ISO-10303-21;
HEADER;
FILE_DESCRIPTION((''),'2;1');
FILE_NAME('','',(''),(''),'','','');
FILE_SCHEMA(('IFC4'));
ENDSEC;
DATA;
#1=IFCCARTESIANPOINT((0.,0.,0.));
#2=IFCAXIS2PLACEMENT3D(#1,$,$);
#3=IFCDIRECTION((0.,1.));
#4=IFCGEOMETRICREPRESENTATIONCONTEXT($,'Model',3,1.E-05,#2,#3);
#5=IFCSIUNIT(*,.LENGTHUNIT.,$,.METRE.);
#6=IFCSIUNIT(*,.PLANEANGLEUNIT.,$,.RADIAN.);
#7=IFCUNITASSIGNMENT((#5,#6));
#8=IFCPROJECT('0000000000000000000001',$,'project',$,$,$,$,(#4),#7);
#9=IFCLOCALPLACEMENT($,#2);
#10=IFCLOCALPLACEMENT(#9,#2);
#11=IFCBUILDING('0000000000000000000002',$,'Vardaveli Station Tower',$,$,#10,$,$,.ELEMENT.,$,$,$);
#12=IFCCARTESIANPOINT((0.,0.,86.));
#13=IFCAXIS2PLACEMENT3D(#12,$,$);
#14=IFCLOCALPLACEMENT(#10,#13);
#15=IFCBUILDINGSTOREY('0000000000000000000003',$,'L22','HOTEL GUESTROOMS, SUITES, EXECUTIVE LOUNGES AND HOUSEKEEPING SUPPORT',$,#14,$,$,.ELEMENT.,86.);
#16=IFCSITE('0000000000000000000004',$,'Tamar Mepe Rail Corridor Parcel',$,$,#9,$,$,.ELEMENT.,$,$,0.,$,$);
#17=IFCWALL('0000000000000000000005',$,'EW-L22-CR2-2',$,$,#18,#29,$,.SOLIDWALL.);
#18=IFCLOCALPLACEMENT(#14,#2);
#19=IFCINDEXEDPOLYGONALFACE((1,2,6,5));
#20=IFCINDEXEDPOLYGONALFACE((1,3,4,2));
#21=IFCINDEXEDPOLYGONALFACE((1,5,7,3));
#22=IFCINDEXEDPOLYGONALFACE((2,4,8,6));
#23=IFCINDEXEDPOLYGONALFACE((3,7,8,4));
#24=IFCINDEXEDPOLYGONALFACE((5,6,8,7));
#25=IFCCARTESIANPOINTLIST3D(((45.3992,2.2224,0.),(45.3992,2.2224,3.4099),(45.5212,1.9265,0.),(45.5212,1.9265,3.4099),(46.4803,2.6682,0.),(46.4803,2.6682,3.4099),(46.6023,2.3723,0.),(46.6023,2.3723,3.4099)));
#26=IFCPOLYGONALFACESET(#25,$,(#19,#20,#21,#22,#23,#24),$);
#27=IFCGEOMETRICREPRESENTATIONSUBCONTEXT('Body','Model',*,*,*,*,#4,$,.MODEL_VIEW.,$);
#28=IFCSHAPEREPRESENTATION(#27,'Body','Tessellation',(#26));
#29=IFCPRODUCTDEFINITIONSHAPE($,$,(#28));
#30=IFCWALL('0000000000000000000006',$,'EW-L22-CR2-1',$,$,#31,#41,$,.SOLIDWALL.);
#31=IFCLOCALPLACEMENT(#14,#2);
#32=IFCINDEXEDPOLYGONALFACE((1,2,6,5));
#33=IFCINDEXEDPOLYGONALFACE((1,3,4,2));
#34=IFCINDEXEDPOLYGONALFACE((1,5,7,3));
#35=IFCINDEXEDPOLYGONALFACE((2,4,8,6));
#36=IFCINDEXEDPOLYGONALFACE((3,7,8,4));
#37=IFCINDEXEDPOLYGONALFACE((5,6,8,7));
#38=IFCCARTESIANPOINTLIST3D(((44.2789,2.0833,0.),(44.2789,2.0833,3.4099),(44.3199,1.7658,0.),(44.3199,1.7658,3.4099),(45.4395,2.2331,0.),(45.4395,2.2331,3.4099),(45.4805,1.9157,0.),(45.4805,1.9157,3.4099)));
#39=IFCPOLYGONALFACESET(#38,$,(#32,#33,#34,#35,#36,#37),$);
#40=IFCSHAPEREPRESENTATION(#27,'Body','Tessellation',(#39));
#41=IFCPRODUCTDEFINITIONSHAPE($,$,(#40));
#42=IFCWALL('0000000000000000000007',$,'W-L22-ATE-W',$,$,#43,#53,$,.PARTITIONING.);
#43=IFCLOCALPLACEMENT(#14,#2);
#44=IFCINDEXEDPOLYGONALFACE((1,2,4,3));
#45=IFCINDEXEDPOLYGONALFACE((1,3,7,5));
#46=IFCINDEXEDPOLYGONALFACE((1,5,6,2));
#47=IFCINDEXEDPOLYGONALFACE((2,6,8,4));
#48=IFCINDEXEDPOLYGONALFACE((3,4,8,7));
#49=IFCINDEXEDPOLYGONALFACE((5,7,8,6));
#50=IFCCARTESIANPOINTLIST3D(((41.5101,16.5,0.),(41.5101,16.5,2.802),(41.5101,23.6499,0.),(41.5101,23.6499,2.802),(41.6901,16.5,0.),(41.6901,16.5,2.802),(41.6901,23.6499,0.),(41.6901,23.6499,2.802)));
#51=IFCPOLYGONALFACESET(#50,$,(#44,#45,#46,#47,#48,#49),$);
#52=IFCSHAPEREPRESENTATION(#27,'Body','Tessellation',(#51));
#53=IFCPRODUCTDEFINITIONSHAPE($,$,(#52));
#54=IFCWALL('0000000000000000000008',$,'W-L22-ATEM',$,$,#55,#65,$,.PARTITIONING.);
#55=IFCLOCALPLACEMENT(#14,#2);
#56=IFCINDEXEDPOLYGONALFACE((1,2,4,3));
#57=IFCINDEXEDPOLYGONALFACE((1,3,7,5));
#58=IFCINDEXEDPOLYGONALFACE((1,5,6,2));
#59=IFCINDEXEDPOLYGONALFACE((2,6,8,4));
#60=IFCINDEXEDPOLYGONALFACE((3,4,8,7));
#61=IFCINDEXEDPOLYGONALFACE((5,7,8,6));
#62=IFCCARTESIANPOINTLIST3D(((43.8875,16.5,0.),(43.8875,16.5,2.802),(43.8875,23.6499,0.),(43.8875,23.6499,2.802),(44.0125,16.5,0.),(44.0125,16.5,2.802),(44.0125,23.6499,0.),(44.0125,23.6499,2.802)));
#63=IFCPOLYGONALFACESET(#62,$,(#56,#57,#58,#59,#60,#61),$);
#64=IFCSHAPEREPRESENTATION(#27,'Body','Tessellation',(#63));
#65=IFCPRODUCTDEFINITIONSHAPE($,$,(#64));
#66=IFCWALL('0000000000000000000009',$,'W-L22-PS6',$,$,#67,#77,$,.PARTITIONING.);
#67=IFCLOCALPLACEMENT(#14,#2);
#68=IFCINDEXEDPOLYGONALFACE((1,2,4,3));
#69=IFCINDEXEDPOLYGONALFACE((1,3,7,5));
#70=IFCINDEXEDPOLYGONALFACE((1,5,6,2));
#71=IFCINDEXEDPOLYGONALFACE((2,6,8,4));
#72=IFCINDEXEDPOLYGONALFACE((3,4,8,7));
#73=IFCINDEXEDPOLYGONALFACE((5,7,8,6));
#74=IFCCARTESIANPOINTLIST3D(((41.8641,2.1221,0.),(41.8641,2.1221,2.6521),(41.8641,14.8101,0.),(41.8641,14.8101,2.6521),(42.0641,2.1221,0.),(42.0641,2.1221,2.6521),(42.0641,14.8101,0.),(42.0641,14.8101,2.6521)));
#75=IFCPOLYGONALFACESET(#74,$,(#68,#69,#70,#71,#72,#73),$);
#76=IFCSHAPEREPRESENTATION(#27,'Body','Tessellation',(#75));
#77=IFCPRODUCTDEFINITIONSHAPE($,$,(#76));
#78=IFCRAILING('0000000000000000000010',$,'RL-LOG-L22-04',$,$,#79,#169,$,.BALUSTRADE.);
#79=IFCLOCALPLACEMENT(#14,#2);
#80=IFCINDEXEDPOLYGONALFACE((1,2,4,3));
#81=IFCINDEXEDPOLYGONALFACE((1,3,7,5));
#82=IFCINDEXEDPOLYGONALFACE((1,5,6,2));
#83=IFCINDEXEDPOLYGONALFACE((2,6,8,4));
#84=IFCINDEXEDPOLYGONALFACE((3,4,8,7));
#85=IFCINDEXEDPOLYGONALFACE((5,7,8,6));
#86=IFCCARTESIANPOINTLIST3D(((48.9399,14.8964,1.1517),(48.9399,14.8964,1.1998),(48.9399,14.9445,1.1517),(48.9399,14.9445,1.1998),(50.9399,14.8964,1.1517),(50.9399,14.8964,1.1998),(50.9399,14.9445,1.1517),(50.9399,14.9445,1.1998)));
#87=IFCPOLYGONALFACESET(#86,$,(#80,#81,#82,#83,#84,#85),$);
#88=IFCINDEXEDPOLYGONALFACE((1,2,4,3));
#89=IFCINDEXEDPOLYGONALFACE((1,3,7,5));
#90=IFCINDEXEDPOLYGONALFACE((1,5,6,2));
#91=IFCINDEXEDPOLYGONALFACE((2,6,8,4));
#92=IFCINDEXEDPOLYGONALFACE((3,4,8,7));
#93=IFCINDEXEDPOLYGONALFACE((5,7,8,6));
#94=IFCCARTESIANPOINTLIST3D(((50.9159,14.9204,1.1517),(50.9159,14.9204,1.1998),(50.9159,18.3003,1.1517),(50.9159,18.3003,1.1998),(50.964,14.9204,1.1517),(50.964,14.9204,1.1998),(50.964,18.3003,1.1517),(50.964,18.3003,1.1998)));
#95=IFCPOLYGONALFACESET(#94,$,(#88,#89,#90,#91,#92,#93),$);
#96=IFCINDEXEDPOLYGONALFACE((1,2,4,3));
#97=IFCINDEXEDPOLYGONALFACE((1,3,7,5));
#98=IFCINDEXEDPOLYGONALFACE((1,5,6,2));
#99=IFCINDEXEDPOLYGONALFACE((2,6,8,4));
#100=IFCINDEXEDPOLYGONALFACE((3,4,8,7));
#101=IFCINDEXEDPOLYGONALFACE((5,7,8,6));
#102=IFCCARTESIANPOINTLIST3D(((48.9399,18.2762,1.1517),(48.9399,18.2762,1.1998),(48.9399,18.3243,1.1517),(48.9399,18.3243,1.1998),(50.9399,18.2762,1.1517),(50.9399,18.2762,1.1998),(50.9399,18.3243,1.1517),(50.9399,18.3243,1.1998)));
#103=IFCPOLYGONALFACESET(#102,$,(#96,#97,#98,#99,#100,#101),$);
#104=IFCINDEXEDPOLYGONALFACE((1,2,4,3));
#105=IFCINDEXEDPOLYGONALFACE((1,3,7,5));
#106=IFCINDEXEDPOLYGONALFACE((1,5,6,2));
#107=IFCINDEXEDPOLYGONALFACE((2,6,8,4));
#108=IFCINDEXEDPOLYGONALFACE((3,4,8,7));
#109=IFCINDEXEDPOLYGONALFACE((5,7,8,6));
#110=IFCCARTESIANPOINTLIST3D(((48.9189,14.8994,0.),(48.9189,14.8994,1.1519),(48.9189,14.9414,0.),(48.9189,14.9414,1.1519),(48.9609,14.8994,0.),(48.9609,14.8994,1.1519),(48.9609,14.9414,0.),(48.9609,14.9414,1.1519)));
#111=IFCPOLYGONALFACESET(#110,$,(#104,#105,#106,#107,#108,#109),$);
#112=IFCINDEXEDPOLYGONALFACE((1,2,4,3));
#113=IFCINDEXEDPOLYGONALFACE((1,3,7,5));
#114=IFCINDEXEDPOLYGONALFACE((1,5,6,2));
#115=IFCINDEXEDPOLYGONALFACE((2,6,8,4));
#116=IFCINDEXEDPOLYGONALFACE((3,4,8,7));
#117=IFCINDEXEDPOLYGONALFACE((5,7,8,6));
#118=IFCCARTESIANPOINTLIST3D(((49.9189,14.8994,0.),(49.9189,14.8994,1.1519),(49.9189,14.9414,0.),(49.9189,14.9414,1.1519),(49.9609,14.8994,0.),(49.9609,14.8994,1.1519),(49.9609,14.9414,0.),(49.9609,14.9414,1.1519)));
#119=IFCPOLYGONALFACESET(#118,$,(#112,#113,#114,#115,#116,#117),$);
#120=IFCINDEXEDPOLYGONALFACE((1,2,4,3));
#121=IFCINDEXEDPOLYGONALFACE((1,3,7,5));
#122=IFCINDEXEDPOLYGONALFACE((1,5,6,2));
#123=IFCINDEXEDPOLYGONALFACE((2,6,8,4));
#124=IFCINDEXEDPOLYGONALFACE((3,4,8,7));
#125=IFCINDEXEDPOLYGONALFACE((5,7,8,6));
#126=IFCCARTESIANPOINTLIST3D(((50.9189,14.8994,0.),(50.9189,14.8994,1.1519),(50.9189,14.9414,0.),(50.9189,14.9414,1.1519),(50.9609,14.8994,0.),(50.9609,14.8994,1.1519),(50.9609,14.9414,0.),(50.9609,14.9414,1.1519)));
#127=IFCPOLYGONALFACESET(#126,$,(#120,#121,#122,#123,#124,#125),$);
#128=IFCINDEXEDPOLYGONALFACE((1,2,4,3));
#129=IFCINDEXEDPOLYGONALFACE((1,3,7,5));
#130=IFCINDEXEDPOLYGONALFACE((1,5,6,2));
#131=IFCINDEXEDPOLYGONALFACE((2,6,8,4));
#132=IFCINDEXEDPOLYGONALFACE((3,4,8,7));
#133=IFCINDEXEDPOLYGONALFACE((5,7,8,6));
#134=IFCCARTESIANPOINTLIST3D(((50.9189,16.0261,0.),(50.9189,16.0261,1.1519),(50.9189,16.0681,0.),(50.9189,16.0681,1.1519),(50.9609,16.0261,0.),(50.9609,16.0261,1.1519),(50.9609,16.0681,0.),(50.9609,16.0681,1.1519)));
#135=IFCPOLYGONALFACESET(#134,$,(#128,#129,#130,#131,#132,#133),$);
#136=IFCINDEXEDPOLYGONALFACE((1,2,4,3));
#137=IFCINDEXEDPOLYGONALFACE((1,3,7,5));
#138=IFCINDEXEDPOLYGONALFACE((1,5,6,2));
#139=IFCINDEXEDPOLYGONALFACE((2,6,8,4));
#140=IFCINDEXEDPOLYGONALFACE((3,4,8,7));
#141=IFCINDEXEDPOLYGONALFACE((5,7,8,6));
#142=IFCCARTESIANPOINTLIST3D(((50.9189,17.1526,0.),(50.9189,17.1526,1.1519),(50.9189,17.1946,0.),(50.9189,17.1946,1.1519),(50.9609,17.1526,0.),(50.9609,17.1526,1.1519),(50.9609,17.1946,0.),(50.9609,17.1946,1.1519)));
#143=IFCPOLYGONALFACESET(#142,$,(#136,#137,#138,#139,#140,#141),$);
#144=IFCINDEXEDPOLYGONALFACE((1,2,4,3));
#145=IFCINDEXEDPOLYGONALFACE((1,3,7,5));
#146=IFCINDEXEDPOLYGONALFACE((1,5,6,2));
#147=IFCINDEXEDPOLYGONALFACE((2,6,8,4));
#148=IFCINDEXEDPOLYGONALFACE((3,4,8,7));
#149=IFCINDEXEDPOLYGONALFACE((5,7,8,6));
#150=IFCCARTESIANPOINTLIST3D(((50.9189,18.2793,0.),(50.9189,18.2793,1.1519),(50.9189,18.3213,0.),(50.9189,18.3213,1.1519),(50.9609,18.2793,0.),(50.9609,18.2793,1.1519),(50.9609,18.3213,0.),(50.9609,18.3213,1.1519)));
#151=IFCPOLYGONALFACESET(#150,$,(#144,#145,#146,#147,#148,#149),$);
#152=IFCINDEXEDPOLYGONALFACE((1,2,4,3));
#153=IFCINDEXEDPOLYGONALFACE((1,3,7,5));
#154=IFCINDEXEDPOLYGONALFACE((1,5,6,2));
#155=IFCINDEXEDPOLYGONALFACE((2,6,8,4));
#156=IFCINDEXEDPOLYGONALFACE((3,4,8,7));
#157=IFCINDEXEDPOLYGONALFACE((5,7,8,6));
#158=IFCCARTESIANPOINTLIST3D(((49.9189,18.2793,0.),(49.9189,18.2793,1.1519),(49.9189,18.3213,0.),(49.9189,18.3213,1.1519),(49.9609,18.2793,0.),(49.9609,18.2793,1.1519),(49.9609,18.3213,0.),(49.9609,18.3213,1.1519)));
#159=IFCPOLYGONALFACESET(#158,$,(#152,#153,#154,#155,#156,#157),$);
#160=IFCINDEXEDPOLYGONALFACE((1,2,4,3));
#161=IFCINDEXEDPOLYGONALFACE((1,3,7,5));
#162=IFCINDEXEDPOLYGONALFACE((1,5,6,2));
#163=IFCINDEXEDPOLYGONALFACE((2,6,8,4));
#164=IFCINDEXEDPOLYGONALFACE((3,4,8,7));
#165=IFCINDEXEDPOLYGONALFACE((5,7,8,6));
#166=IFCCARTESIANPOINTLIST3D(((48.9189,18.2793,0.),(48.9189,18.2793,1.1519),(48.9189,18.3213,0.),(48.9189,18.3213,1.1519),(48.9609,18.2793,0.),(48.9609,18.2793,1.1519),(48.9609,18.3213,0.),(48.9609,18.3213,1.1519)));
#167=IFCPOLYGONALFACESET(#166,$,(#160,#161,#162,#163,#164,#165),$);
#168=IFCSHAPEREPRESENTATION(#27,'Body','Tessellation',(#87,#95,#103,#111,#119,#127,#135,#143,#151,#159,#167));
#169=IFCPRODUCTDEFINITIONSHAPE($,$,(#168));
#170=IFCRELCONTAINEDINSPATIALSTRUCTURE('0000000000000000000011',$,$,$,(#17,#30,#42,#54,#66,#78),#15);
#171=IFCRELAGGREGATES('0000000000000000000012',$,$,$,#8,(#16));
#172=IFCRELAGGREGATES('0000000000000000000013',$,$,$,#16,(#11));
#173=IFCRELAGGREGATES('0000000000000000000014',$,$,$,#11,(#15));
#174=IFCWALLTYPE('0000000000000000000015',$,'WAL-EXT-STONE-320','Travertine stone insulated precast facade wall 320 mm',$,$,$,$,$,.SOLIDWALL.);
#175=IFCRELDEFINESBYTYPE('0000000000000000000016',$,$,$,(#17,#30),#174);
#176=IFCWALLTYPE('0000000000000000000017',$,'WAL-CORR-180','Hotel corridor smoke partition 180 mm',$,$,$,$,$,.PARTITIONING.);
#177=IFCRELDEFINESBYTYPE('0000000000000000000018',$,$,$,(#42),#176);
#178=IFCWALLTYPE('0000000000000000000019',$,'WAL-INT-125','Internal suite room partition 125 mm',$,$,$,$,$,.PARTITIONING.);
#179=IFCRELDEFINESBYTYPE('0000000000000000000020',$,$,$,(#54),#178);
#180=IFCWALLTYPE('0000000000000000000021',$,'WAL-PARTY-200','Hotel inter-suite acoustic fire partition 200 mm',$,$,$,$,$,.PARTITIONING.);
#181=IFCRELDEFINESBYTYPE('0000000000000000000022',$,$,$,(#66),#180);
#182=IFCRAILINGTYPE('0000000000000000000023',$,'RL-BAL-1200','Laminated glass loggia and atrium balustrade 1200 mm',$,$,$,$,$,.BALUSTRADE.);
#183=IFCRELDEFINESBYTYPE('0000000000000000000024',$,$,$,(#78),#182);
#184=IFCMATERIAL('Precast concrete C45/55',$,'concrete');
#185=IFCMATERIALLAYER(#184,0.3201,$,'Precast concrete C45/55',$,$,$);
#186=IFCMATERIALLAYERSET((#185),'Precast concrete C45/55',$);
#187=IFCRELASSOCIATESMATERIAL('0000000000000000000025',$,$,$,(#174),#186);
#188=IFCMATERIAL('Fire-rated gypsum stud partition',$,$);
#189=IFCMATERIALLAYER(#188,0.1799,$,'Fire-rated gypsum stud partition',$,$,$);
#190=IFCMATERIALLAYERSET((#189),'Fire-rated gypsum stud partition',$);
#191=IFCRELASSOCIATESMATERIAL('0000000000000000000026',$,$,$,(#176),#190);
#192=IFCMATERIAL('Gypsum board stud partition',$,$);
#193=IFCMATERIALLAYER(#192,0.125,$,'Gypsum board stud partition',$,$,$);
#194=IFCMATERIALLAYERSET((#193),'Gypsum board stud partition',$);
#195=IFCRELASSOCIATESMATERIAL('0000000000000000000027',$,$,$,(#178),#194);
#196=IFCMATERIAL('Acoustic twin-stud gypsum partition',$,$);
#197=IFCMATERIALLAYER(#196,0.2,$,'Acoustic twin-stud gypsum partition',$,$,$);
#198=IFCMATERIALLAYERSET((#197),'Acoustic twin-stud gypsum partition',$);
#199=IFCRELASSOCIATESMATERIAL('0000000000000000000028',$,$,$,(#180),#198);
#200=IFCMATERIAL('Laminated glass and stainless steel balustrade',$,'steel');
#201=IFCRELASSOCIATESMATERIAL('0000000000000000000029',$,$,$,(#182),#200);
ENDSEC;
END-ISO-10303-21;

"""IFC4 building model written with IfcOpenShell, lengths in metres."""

from ifc_helpers import new_model, si_unit, direction, frame, frame_2d, origin, origin_2d, place, context, subcontext, project, spatial, rectangle, extrude, source, transform, mapped, material, layer, layer_set, type_object, element, save


model = new_model("IFC4")

# Units and contexts
model_context = context("Model", 3, precision=1e-05, world=origin(), true_north=direction((0.0, 1.0)))
body_context = subcontext(model_context, "Body", "Model", "MODEL_VIEW")
ifc_project = project(units=[si_unit("LENGTHUNIT", "METRE"), si_unit("PLANEANGLEUNIT", "RADIAN")], contexts=[model_context])

# Site, building, storey
site_placement = place(None, origin())
site = spatial("IfcSite", under=ifc_project, at=site_placement, Name="Tamar Mepe Rail Corridor Parcel", CompositionType="ELEMENT", RefElevation=0.0)
building_placement = place(site_placement, origin())
building = spatial("IfcBuilding", under=site, at=building_placement, Name="Vardaveli Station Tower", CompositionType="ELEMENT")
storey_placement = place(building_placement, frame((0.0, 0.0, 86.0)))
storey = spatial("IfcBuildingStorey", under=building, at=storey_placement, Name="L22", Description="HOTEL GUESTROOMS, SUITES, EXECUTIVE LOUNGES AND HOUSEKEEPING SUPPORT", CompositionType="ELEMENT", Elevation=86.0)

# Shared definitions
ifc_material_1 = material(Name="Precast concrete C45/55", Category="concrete")

# Shared definitions
ifc_layer_1 = layer(ifc_material_1, 0.3201, Name="Precast concrete C45/55")
ifc_layer_set_1 = layer_set([ifc_layer_1], Name="Precast concrete C45/55")
wall_type_1 = type_object("IfcWallType", Name="WAL-EXT-STONE-320", Description="Travertine stone insulated precast facade wall 320 mm", PredefinedType="SOLIDWALL", material=ifc_layer_set_1)

# Walls
shared_shape_1 = source(origin(), body_context, "Body", "SweptSolid", [
    extrude(rectangle(XDim=1.1694, YDim=0.3201, at=frame_2d((0.5847, 0.0))), origin(), (0.0, 0.0, 1.0), 3.4099),
])
wall_1_placement = place(storey_placement, frame((45.4602, 2.0745, 0.0), z_axis=(0.0, 0.0, 1.0), x_axis=(0.924479, 0.381233, 0.0)))
element("IfcWall", 1, at=wall_1_placement, inside=storey, type_object=wall_type_1, Name="EW-L22-CR2-2", PredefinedType="SOLIDWALL", context=body_context, shape_type="MappedRepresentation", body=[
    mapped(shared_shape_1, transform((0.0, 0.0, 0.0), scale=1.0)),
])
shared_shape_2 = source(origin(), body_context, "Body", "SweptSolid", [
    extrude(rectangle(XDim=1.1702, YDim=0.3201, at=frame_2d((0.585, 0.0))), origin(), (0.0, 0.0, 1.0), 3.4099),
])
wall_2_placement = place(storey_placement, frame((44.2996, 1.9246, 0.0), z_axis=(0.0, 0.0, 1.0), x_axis=(0.991762, 0.12809, 0.0)))
element("IfcWall", 2, at=wall_2_placement, inside=storey, type_object=wall_type_1, Name="EW-L22-CR2-1", PredefinedType="SOLIDWALL", context=body_context, shape_type="MappedRepresentation", body=[
    mapped(shared_shape_2, transform((0.0, 0.0, 0.0), scale=1.0)),
])

# Shared definitions
ifc_material_2 = material(Name="Fire-rated gypsum stud partition")
ifc_layer_2 = layer(ifc_material_2, 0.1799, Name="Fire-rated gypsum stud partition")
ifc_layer_set_2 = layer_set([ifc_layer_2], Name="Fire-rated gypsum stud partition")
wall_type_2 = type_object("IfcWallType", Name="WAL-CORR-180", Description="Hotel corridor smoke partition 180 mm", PredefinedType="PARTITIONING", material=ifc_layer_set_2)

# Walls
shared_shape_3 = source(origin(), body_context, "Body", "SweptSolid", [
    extrude(rectangle(XDim=7.1499, YDim=0.1799, at=frame_2d((3.575, 0.0))), origin(), (0.0, 0.0, 1.0), 2.802),
])
wall_3_placement = place(storey_placement, frame((41.6001, 16.5, 0.0), z_axis=(0.0, 0.0, 1.0), x_axis=(0.0, 1.0, 0.0)))
element("IfcWall", 3, at=wall_3_placement, inside=storey, type_object=wall_type_2, Name="W-L22-ATE-W", PredefinedType="PARTITIONING", context=body_context, shape_type="MappedRepresentation", body=[
    mapped(shared_shape_3, transform((0.0, 0.0, 0.0), scale=1.0)),
])
ifc_material_3 = material(Name="Gypsum board stud partition")
ifc_layer_3 = layer(ifc_material_3, 0.125, Name="Gypsum board stud partition")
ifc_layer_set_3 = layer_set([ifc_layer_3], Name="Gypsum board stud partition")
wall_type_3 = type_object("IfcWallType", Name="WAL-INT-125", Description="Internal suite room partition 125 mm", PredefinedType="PARTITIONING", material=ifc_layer_set_3)
shared_shape_4 = source(origin(), body_context, "Body", "SweptSolid", [
    extrude(rectangle(XDim=7.1499, YDim=0.125, at=frame_2d((3.575, 0.0))), origin(), (0.0, 0.0, 1.0), 2.802),
])
wall_4_placement = place(storey_placement, frame((43.95, 16.5, 0.0), z_axis=(0.0, 0.0, 1.0), x_axis=(0.0, 1.0, 0.0)))
element("IfcWall", 4, at=wall_4_placement, inside=storey, type_object=wall_type_3, Name="W-L22-ATEM", PredefinedType="PARTITIONING", context=body_context, shape_type="MappedRepresentation", body=[
    mapped(shared_shape_4, transform((0.0, 0.0, 0.0), scale=1.0)),
])
ifc_material_4 = material(Name="Acoustic twin-stud gypsum partition")
ifc_layer_4 = layer(ifc_material_4, 0.2, Name="Acoustic twin-stud gypsum partition")
ifc_layer_set_4 = layer_set([ifc_layer_4], Name="Acoustic twin-stud gypsum partition")
wall_type_4 = type_object("IfcWallType", Name="WAL-PARTY-200", Description="Hotel inter-suite acoustic fire partition 200 mm", PredefinedType="PARTITIONING", material=ifc_layer_set_4)
shared_shape_5 = source(origin(), body_context, "Body", "SweptSolid", [
    extrude(rectangle(XDim=12.688, YDim=0.2, at=frame_2d((6.344, 0.0))), origin(), (0.0, 0.0, 1.0), 2.6521),
])
wall_5_placement = place(storey_placement, frame((41.9641, 2.1221, 0.0), z_axis=(0.0, 0.0, 1.0), x_axis=(0.0, 1.0, 0.0)))
element("IfcWall", 5, at=wall_5_placement, inside=storey, type_object=wall_type_4, Name="W-L22-PS6", PredefinedType="PARTITIONING", context=body_context, shape_type="MappedRepresentation", body=[
    mapped(shared_shape_5, transform((0.0, 0.0, 0.0), scale=1.0)),
])

# Railing
ifc_material_5 = material(Name="Laminated glass and stainless steel balustrade", Category="steel")
railing_type = type_object("IfcRailingType", Name="RL-BAL-1200", Description="Laminated glass loggia and atrium balustrade 1200 mm", PredefinedType="BALUSTRADE", material=ifc_material_5)
shared_shape_6 = source(origin(), body_context, "Body", "SweptSolid", [
    extrude(rectangle(XDim=0.0481, YDim=0.0481, at=origin_2d()), frame((0.0, 0.0, 1.1758), z_axis=(1.0, 0.0, 0.0), x_axis=(0.0, 1.0, 0.0)), (0.0, 0.0, 1.0), 2.0),
    extrude(rectangle(XDim=0.0481, YDim=0.0481, at=origin_2d()), frame((2.0, 0.0, 1.1758), z_axis=(0.0, 1.0, 0.0), x_axis=(-1.0, 0.0, 0.0)), (0.0, 0.0, 1.0), 3.3799),
    extrude(rectangle(XDim=0.0481, YDim=0.0481, at=origin_2d()), frame((2.0, 3.3799, 1.1758), z_axis=(-1.0, 0.0, 0.0), x_axis=(0.0, -1.0, 0.0)), (0.0, 0.0, 1.0), 2.0),
    extrude(rectangle(XDim=0.042, YDim=0.042, at=origin_2d()), origin(), (0.0, 0.0, 1.0), 1.1519),
    extrude(rectangle(XDim=0.042, YDim=0.042, at=origin_2d()), frame((1.0, 0.0, 0.0)), (0.0, 0.0, 1.0), 1.1519),
    extrude(rectangle(XDim=0.042, YDim=0.042, at=origin_2d()), frame((2.0, 0.0, 0.0)), (0.0, 0.0, 1.0), 1.1519),
    extrude(rectangle(XDim=0.042, YDim=0.042, at=origin_2d()), frame((2.0, 1.1267, 0.0)), (0.0, 0.0, 1.0), 1.1519),
    extrude(rectangle(XDim=0.042, YDim=0.042, at=origin_2d()), frame((2.0, 2.2532, 0.0)), (0.0, 0.0, 1.0), 1.1519),
    extrude(rectangle(XDim=0.042, YDim=0.042, at=origin_2d()), frame((2.0, 3.3799, 0.0)), (0.0, 0.0, 1.0), 1.1519),
    extrude(rectangle(XDim=0.042, YDim=0.042, at=origin_2d()), frame((1.0, 3.3799, 0.0)), (0.0, 0.0, 1.0), 1.1519),
    extrude(rectangle(XDim=0.042, YDim=0.042, at=origin_2d()), frame((0.0, 3.3799, 0.0)), (0.0, 0.0, 1.0), 1.1519),
])
railing_placement = place(storey_placement, frame((48.9399, 14.9204, 0.0)))
element("IfcRailing", 6, at=railing_placement, inside=storey, type_object=railing_type, Name="RL-LOG-L22-04", PredefinedType="BALUSTRADE", context=body_context, shape_type="MappedRepresentation", body=[
    mapped(shared_shape_6, transform((0.0, 0.0, 0.0), scale=1.0)),
])

save(model, "model.ifc")
